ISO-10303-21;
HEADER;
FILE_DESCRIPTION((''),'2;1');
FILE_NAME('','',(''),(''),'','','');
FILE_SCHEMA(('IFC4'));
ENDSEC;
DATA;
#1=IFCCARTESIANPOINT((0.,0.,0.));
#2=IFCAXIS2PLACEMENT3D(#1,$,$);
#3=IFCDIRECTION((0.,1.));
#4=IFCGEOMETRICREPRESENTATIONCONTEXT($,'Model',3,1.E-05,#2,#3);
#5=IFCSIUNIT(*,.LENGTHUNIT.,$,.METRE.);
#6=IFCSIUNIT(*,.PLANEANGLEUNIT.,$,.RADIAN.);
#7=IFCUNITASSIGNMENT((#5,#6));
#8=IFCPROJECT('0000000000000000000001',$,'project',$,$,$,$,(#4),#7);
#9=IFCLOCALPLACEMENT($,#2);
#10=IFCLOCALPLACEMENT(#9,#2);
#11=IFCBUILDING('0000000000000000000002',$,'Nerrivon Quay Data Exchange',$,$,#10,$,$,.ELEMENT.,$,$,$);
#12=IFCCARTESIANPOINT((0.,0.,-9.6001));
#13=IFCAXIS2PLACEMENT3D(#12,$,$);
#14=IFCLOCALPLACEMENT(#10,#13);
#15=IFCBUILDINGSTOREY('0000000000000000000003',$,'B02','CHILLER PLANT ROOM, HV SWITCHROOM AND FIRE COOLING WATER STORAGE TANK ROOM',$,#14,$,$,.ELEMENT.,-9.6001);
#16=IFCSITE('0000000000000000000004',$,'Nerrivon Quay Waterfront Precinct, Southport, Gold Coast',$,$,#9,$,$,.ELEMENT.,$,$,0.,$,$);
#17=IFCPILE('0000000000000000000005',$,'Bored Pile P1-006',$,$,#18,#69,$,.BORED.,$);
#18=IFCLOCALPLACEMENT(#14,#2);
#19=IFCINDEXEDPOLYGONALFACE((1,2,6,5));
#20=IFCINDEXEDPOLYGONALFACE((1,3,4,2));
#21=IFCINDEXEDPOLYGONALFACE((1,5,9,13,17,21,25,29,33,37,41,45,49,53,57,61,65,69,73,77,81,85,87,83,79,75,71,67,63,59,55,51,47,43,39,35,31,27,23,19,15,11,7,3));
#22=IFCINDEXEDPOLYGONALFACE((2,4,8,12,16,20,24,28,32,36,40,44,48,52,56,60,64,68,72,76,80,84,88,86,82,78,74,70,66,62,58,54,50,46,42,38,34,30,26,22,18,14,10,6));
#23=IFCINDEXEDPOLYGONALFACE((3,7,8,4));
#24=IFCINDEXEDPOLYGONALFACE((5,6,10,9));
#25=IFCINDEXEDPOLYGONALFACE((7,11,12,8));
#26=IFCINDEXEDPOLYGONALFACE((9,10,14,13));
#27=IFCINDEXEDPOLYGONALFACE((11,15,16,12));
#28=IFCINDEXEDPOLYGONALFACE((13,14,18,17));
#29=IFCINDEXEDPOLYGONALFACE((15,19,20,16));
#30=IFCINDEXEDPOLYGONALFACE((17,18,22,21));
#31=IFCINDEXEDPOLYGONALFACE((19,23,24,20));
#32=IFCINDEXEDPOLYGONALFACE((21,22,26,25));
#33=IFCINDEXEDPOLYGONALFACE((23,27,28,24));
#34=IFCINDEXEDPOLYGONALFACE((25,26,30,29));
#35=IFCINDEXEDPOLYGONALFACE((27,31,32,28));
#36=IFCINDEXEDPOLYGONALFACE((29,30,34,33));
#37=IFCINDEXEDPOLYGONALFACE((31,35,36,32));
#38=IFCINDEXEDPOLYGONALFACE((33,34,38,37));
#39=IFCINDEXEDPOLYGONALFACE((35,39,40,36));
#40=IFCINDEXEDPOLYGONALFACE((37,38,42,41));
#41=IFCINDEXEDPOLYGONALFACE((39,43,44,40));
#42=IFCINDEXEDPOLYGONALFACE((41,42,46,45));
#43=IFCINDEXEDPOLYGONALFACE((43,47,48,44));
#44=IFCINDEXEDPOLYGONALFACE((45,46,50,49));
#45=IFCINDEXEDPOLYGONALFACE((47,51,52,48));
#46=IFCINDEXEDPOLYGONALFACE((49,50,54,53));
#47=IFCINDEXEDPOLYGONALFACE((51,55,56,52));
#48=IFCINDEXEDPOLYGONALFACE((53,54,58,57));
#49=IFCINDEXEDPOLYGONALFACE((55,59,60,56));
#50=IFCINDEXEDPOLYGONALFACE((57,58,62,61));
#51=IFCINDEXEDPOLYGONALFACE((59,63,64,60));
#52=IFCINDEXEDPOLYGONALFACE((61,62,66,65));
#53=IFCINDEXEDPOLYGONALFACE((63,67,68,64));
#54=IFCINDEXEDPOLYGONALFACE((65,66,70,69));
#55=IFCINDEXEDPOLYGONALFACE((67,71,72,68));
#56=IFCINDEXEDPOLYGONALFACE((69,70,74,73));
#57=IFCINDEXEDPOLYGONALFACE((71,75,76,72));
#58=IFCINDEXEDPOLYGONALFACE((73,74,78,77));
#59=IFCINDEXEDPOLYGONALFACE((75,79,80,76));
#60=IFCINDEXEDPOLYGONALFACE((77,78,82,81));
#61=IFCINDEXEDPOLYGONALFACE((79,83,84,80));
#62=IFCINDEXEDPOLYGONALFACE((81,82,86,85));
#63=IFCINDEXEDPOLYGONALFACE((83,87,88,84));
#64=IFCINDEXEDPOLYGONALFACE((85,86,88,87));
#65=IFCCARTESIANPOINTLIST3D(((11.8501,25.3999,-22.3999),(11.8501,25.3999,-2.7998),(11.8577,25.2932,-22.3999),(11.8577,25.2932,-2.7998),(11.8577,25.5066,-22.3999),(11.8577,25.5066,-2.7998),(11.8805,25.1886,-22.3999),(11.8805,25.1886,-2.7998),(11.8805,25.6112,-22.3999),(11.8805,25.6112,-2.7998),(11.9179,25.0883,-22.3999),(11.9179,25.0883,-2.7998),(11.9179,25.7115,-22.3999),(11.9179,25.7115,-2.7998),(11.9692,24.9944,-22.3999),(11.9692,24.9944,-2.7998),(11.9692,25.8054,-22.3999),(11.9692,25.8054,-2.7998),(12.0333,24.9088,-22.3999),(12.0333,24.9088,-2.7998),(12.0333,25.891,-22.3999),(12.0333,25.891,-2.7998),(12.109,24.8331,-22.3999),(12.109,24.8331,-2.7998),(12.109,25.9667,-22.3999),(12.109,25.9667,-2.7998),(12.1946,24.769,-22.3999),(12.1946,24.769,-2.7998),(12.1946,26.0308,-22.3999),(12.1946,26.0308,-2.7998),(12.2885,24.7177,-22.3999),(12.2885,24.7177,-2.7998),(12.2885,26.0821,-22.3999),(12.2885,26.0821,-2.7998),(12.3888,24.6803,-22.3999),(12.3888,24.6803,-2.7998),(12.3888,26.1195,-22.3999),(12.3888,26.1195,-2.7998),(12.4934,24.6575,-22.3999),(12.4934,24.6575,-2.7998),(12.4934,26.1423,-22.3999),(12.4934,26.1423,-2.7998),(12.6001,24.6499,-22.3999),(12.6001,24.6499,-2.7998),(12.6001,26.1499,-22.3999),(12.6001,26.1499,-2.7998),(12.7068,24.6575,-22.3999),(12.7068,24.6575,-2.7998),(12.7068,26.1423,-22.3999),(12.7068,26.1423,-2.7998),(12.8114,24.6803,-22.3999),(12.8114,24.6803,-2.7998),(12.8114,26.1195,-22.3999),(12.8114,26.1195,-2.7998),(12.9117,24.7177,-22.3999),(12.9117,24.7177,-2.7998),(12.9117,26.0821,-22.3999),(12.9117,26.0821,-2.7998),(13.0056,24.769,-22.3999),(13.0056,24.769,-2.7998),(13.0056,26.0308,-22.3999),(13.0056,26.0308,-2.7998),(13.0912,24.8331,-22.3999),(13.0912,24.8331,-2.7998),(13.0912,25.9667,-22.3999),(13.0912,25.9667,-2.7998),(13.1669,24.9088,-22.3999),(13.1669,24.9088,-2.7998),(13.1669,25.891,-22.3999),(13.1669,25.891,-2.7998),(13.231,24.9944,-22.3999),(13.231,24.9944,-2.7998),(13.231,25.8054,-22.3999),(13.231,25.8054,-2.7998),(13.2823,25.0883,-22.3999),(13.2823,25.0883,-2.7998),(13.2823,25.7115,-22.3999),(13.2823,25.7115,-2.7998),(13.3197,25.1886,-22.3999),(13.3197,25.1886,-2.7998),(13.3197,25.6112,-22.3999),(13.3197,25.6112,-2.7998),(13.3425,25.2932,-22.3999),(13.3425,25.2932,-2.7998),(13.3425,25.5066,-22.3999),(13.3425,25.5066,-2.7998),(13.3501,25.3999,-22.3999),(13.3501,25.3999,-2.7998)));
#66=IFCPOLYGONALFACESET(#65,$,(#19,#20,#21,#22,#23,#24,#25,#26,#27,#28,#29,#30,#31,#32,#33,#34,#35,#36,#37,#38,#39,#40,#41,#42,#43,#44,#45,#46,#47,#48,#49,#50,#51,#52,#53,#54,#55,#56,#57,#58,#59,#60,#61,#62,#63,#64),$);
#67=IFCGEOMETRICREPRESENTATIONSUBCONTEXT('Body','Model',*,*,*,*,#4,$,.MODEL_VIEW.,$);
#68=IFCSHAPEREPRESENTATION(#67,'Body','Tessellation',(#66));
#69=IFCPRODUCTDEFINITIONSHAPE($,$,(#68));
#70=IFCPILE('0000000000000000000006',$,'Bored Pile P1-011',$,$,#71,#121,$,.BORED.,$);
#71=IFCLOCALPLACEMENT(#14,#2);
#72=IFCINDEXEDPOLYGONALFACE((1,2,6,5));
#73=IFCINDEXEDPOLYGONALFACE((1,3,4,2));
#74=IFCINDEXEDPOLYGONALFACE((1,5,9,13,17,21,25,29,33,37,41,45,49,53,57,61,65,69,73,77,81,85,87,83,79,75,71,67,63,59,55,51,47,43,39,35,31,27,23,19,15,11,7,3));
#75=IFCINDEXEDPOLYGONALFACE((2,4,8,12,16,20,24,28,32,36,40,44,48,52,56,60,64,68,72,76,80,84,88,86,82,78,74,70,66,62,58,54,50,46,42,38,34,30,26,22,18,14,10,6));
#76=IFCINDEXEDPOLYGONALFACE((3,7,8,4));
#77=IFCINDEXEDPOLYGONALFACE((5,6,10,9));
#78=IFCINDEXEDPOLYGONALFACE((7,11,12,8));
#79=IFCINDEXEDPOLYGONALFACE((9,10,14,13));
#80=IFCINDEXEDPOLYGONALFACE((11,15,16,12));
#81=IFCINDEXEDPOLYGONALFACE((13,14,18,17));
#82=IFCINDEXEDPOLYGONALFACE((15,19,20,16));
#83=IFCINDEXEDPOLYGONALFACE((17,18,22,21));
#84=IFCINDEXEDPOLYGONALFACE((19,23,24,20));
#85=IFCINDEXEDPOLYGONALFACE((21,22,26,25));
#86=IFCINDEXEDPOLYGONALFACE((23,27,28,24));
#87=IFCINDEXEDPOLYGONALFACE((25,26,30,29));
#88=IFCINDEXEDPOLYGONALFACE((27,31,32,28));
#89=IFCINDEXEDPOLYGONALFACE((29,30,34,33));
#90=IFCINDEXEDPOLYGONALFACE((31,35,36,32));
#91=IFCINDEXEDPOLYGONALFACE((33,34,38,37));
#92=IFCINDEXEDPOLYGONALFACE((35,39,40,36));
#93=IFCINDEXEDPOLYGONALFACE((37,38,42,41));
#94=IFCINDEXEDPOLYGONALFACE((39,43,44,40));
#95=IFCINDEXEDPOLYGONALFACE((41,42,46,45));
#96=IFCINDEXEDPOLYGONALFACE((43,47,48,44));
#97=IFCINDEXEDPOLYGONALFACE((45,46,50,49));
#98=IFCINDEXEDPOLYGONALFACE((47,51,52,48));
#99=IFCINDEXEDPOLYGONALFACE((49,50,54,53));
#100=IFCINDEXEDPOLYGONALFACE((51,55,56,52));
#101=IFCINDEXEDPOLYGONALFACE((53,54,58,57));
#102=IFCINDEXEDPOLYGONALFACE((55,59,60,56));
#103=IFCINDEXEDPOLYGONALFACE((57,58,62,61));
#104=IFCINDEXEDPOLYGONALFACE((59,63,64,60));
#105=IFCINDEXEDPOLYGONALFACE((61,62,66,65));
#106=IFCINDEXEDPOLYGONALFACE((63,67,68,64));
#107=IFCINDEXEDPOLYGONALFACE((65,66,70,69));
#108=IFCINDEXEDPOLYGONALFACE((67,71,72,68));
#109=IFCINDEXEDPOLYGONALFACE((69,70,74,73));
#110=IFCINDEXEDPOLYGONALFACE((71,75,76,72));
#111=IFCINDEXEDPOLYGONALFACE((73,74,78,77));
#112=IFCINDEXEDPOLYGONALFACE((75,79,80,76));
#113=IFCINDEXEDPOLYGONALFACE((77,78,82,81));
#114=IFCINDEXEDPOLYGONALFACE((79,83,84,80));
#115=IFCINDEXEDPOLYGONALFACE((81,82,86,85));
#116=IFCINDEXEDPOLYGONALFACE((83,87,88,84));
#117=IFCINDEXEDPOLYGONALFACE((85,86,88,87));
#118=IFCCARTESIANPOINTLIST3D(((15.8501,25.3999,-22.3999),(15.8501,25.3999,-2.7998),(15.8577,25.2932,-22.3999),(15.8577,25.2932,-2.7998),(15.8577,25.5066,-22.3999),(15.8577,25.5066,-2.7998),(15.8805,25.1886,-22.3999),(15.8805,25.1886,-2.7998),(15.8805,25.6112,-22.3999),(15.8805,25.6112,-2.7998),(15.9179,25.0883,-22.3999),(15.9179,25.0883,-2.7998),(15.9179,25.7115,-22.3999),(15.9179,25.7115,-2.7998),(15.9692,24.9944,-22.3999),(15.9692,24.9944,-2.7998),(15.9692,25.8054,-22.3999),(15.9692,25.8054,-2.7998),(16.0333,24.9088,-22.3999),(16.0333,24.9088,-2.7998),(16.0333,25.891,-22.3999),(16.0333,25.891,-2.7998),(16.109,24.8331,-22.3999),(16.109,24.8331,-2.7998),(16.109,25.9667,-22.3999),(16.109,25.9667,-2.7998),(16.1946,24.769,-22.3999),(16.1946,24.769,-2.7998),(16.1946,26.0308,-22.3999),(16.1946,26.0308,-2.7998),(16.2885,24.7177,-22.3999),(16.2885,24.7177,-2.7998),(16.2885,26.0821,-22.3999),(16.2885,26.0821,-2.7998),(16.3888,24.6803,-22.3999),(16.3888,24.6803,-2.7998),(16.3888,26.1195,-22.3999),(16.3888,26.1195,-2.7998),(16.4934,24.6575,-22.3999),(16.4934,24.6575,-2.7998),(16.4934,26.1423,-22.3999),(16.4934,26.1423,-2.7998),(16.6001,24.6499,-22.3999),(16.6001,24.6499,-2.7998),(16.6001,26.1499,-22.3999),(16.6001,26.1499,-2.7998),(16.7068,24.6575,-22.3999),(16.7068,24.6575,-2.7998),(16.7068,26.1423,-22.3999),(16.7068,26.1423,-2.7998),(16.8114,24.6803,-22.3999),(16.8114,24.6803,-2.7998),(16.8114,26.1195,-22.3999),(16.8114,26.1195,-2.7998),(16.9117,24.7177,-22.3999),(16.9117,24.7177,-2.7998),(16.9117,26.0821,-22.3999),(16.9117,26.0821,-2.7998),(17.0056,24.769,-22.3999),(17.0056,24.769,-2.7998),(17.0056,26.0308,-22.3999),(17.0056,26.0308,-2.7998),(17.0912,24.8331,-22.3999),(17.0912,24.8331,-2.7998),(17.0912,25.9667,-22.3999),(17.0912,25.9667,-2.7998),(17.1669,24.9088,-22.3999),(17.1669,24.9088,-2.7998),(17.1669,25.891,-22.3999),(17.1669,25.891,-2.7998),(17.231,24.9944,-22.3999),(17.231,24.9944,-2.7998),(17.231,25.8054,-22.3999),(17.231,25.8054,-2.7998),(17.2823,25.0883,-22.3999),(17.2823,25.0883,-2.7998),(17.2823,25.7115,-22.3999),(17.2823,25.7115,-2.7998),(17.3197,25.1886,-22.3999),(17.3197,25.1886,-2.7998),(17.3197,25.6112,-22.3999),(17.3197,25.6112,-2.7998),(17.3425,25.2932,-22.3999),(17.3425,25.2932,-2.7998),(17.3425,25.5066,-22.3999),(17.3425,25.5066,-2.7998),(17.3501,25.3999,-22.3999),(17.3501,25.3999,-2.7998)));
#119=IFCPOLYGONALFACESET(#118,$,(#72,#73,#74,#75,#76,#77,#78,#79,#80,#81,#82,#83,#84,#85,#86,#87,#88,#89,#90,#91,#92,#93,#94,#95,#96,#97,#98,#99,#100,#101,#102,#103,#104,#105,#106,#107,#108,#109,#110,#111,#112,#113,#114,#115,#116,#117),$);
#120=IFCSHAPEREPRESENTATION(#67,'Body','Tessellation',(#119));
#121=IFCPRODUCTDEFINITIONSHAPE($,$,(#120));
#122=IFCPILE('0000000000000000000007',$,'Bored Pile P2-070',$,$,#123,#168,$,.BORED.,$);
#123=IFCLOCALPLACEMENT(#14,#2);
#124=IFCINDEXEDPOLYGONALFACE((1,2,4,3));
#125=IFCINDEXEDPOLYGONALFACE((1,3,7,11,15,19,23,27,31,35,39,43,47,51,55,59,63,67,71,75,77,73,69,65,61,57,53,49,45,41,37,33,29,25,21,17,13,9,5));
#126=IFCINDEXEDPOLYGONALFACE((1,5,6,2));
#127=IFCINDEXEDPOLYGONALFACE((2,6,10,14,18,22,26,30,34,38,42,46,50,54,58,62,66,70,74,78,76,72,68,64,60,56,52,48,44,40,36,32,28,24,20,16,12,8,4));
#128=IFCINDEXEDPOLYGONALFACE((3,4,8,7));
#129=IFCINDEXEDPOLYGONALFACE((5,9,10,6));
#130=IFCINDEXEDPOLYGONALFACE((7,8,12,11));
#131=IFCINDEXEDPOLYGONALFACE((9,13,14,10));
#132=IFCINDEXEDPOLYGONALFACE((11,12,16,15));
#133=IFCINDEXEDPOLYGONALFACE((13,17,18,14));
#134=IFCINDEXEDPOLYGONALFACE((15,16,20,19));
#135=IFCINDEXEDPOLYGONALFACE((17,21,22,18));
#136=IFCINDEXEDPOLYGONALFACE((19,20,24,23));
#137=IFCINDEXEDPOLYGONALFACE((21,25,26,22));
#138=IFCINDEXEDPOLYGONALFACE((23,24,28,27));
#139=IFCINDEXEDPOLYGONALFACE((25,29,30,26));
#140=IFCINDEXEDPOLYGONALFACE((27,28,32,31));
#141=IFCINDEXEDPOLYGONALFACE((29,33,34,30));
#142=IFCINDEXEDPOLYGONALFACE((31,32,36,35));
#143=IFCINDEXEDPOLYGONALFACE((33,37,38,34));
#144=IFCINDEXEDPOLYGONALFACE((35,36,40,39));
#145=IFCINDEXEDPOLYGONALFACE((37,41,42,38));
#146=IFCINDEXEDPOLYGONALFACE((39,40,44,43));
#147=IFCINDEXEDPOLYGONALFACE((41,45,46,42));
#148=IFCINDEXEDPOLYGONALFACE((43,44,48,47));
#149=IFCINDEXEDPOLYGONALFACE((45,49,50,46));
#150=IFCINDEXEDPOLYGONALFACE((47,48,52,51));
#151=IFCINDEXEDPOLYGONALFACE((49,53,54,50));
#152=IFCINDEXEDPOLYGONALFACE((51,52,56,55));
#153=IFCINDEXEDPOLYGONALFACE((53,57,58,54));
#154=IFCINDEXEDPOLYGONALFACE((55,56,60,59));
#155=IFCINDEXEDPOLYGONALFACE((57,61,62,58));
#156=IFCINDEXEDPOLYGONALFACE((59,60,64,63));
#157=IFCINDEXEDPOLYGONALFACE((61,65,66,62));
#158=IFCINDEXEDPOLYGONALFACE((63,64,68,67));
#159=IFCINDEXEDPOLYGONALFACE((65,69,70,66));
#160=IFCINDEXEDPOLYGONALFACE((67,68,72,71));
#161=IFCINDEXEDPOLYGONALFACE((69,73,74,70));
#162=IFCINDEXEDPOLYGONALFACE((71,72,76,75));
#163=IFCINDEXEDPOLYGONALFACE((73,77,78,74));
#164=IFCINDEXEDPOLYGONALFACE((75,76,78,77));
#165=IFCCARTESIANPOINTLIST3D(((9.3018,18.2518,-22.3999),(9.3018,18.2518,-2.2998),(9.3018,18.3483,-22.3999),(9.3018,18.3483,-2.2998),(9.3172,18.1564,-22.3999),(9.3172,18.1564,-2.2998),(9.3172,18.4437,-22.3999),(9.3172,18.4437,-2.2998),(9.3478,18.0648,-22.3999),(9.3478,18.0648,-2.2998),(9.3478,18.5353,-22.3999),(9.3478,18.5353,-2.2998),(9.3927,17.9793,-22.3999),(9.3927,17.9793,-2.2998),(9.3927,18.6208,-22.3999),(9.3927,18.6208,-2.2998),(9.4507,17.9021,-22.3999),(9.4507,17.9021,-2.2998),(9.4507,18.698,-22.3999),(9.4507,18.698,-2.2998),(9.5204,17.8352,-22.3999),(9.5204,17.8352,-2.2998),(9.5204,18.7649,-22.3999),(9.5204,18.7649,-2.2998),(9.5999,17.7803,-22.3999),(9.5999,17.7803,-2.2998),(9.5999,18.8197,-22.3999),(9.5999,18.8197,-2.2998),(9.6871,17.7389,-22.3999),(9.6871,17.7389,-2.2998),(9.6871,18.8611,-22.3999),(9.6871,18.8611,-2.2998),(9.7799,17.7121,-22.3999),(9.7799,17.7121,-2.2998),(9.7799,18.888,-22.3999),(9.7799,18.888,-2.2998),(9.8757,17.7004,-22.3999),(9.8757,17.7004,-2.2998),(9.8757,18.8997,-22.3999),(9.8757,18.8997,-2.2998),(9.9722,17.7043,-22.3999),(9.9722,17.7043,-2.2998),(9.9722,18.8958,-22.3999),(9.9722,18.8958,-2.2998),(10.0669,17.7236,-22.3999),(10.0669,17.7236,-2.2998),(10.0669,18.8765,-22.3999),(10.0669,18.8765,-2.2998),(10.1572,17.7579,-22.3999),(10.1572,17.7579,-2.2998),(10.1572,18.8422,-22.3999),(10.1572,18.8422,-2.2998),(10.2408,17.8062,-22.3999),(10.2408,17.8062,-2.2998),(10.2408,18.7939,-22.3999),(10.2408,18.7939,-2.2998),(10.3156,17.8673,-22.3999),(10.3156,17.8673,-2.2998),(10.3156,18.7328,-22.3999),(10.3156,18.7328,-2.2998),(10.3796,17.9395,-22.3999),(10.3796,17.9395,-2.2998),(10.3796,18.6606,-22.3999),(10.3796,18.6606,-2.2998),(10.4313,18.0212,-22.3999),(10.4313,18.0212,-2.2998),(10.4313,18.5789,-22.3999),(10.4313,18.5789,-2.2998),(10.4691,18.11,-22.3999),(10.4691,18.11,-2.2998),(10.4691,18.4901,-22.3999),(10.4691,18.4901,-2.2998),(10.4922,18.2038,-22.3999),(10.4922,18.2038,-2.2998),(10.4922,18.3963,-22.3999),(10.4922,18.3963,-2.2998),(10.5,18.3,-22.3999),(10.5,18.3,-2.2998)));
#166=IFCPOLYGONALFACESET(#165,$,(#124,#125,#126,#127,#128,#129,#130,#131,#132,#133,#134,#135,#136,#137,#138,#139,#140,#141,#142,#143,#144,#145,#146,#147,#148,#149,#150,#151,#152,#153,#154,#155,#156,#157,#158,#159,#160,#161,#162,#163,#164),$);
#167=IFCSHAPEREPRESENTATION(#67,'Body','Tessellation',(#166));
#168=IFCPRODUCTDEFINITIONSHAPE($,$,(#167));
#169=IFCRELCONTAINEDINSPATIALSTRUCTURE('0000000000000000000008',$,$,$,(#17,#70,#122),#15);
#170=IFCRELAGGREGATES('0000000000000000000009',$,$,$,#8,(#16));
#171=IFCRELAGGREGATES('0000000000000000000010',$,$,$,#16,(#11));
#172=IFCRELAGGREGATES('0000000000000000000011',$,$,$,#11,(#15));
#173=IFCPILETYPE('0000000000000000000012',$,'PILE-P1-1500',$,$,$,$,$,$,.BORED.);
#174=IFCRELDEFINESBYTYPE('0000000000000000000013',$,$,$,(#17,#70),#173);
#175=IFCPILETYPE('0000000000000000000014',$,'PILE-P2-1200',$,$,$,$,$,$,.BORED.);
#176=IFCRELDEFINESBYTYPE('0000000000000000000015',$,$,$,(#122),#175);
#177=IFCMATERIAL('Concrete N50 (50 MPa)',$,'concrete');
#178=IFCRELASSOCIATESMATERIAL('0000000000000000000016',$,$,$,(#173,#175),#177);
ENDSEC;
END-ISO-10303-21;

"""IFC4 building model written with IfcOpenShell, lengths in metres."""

from ifc_helpers import new_model, si_unit, direction, frame, origin, origin_2d, place, context, subcontext, project, spatial, circle, extrude, material, material_profile, profile_set, type_object, element, save


model = new_model("IFC4")

# Units and contexts
model_context = context("Model", 3, precision=1e-05, world=origin(), true_north=direction((0.0, 1.0)))
body_context = subcontext(model_context, "Body", "Model", "MODEL_VIEW")
ifc_project = project(units=[si_unit("LENGTHUNIT", "METRE"), si_unit("PLANEANGLEUNIT", "RADIAN")], contexts=[model_context])

# Site, building, storey
site_placement = place(None, origin())
site = spatial("IfcSite", under=ifc_project, at=site_placement, Name="Nerrivon Quay Waterfront Precinct, Southport, Gold Coast", CompositionType="ELEMENT", RefElevation=0.0)
building_placement = place(site_placement, origin())
building = spatial("IfcBuilding", under=site, at=building_placement, Name="Nerrivon Quay Data Exchange", CompositionType="ELEMENT")
storey_placement = place(building_placement, frame((0.0, 0.0, -9.6001)))
storey = spatial("IfcBuildingStorey", under=building, at=storey_placement, Name="B02", Description="CHILLER PLANT ROOM, HV SWITCHROOM AND FIRE COOLING WATER STORAGE TANK ROOM", CompositionType="ELEMENT", Elevation=-9.6001)

# Piles
ifc_material_1 = material(Name="Concrete N50 (50 MPa)", Category="concrete")
ifc_material_profile_1 = material_profile(ifc_material_1, circle(Radius=0.75, at=origin_2d()), Name="PILE-1500")
ifc_profile_set_1 = profile_set([ifc_material_profile_1], Name="Concrete N50 (50 MPa)")
pile_type_1 = type_object("IfcPileType", Name="PILE-P1-1500", PredefinedType="BORED", material=ifc_profile_set_1)
for number, where, z_axis, x_axis, name in (
    (1, (12.6001, 25.3999, -2.7998), (0.0, 0.0, -1.0), (1.0, 0.0, 0.0), "Bored Pile P1-006"),
    (2, (16.6001, 25.3999, -2.7998), (0.0, 0.0, -1.0), (1.0, 0.0, 0.0), "Bored Pile P1-011"),
):
    element("IfcPile", number, at=place(storey_placement, frame(where, z_axis=z_axis, x_axis=x_axis)), inside=storey, type_object=pile_type_1, Name=name, PredefinedType="BORED", context=body_context, shape_type="SweptSolid", body=[
        extrude(circle(Radius=0.75, at=origin_2d()), origin(), (0.0, 0.0, 1.0), 19.6001),
    ])
ifc_material_profile_2 = material_profile(ifc_material_1, circle(Radius=0.6001, at=origin_2d()), Name="PILE-1200")
ifc_profile_set_2 = profile_set([ifc_material_profile_2], Name="Concrete N50 (50 MPa)")
pile_type_2 = type_object("IfcPileType", Name="PILE-P2-1200", PredefinedType="BORED", material=ifc_profile_set_2)
pile_placement = place(storey_placement, frame((9.8999, 18.3, -2.2998), z_axis=(0.0, 0.0, -1.0), x_axis=(1.0, 0.0, 0.0)))
element("IfcPile", 3, at=pile_placement, inside=storey, type_object=pile_type_2, Name="Bored Pile P2-070", PredefinedType="BORED", context=body_context, shape_type="SweptSolid", body=[
    extrude(circle(Radius=0.6001, at=origin_2d()), origin(), (0.0, 0.0, 1.0), 20.1001),
])

save(model, "model.ifc")
